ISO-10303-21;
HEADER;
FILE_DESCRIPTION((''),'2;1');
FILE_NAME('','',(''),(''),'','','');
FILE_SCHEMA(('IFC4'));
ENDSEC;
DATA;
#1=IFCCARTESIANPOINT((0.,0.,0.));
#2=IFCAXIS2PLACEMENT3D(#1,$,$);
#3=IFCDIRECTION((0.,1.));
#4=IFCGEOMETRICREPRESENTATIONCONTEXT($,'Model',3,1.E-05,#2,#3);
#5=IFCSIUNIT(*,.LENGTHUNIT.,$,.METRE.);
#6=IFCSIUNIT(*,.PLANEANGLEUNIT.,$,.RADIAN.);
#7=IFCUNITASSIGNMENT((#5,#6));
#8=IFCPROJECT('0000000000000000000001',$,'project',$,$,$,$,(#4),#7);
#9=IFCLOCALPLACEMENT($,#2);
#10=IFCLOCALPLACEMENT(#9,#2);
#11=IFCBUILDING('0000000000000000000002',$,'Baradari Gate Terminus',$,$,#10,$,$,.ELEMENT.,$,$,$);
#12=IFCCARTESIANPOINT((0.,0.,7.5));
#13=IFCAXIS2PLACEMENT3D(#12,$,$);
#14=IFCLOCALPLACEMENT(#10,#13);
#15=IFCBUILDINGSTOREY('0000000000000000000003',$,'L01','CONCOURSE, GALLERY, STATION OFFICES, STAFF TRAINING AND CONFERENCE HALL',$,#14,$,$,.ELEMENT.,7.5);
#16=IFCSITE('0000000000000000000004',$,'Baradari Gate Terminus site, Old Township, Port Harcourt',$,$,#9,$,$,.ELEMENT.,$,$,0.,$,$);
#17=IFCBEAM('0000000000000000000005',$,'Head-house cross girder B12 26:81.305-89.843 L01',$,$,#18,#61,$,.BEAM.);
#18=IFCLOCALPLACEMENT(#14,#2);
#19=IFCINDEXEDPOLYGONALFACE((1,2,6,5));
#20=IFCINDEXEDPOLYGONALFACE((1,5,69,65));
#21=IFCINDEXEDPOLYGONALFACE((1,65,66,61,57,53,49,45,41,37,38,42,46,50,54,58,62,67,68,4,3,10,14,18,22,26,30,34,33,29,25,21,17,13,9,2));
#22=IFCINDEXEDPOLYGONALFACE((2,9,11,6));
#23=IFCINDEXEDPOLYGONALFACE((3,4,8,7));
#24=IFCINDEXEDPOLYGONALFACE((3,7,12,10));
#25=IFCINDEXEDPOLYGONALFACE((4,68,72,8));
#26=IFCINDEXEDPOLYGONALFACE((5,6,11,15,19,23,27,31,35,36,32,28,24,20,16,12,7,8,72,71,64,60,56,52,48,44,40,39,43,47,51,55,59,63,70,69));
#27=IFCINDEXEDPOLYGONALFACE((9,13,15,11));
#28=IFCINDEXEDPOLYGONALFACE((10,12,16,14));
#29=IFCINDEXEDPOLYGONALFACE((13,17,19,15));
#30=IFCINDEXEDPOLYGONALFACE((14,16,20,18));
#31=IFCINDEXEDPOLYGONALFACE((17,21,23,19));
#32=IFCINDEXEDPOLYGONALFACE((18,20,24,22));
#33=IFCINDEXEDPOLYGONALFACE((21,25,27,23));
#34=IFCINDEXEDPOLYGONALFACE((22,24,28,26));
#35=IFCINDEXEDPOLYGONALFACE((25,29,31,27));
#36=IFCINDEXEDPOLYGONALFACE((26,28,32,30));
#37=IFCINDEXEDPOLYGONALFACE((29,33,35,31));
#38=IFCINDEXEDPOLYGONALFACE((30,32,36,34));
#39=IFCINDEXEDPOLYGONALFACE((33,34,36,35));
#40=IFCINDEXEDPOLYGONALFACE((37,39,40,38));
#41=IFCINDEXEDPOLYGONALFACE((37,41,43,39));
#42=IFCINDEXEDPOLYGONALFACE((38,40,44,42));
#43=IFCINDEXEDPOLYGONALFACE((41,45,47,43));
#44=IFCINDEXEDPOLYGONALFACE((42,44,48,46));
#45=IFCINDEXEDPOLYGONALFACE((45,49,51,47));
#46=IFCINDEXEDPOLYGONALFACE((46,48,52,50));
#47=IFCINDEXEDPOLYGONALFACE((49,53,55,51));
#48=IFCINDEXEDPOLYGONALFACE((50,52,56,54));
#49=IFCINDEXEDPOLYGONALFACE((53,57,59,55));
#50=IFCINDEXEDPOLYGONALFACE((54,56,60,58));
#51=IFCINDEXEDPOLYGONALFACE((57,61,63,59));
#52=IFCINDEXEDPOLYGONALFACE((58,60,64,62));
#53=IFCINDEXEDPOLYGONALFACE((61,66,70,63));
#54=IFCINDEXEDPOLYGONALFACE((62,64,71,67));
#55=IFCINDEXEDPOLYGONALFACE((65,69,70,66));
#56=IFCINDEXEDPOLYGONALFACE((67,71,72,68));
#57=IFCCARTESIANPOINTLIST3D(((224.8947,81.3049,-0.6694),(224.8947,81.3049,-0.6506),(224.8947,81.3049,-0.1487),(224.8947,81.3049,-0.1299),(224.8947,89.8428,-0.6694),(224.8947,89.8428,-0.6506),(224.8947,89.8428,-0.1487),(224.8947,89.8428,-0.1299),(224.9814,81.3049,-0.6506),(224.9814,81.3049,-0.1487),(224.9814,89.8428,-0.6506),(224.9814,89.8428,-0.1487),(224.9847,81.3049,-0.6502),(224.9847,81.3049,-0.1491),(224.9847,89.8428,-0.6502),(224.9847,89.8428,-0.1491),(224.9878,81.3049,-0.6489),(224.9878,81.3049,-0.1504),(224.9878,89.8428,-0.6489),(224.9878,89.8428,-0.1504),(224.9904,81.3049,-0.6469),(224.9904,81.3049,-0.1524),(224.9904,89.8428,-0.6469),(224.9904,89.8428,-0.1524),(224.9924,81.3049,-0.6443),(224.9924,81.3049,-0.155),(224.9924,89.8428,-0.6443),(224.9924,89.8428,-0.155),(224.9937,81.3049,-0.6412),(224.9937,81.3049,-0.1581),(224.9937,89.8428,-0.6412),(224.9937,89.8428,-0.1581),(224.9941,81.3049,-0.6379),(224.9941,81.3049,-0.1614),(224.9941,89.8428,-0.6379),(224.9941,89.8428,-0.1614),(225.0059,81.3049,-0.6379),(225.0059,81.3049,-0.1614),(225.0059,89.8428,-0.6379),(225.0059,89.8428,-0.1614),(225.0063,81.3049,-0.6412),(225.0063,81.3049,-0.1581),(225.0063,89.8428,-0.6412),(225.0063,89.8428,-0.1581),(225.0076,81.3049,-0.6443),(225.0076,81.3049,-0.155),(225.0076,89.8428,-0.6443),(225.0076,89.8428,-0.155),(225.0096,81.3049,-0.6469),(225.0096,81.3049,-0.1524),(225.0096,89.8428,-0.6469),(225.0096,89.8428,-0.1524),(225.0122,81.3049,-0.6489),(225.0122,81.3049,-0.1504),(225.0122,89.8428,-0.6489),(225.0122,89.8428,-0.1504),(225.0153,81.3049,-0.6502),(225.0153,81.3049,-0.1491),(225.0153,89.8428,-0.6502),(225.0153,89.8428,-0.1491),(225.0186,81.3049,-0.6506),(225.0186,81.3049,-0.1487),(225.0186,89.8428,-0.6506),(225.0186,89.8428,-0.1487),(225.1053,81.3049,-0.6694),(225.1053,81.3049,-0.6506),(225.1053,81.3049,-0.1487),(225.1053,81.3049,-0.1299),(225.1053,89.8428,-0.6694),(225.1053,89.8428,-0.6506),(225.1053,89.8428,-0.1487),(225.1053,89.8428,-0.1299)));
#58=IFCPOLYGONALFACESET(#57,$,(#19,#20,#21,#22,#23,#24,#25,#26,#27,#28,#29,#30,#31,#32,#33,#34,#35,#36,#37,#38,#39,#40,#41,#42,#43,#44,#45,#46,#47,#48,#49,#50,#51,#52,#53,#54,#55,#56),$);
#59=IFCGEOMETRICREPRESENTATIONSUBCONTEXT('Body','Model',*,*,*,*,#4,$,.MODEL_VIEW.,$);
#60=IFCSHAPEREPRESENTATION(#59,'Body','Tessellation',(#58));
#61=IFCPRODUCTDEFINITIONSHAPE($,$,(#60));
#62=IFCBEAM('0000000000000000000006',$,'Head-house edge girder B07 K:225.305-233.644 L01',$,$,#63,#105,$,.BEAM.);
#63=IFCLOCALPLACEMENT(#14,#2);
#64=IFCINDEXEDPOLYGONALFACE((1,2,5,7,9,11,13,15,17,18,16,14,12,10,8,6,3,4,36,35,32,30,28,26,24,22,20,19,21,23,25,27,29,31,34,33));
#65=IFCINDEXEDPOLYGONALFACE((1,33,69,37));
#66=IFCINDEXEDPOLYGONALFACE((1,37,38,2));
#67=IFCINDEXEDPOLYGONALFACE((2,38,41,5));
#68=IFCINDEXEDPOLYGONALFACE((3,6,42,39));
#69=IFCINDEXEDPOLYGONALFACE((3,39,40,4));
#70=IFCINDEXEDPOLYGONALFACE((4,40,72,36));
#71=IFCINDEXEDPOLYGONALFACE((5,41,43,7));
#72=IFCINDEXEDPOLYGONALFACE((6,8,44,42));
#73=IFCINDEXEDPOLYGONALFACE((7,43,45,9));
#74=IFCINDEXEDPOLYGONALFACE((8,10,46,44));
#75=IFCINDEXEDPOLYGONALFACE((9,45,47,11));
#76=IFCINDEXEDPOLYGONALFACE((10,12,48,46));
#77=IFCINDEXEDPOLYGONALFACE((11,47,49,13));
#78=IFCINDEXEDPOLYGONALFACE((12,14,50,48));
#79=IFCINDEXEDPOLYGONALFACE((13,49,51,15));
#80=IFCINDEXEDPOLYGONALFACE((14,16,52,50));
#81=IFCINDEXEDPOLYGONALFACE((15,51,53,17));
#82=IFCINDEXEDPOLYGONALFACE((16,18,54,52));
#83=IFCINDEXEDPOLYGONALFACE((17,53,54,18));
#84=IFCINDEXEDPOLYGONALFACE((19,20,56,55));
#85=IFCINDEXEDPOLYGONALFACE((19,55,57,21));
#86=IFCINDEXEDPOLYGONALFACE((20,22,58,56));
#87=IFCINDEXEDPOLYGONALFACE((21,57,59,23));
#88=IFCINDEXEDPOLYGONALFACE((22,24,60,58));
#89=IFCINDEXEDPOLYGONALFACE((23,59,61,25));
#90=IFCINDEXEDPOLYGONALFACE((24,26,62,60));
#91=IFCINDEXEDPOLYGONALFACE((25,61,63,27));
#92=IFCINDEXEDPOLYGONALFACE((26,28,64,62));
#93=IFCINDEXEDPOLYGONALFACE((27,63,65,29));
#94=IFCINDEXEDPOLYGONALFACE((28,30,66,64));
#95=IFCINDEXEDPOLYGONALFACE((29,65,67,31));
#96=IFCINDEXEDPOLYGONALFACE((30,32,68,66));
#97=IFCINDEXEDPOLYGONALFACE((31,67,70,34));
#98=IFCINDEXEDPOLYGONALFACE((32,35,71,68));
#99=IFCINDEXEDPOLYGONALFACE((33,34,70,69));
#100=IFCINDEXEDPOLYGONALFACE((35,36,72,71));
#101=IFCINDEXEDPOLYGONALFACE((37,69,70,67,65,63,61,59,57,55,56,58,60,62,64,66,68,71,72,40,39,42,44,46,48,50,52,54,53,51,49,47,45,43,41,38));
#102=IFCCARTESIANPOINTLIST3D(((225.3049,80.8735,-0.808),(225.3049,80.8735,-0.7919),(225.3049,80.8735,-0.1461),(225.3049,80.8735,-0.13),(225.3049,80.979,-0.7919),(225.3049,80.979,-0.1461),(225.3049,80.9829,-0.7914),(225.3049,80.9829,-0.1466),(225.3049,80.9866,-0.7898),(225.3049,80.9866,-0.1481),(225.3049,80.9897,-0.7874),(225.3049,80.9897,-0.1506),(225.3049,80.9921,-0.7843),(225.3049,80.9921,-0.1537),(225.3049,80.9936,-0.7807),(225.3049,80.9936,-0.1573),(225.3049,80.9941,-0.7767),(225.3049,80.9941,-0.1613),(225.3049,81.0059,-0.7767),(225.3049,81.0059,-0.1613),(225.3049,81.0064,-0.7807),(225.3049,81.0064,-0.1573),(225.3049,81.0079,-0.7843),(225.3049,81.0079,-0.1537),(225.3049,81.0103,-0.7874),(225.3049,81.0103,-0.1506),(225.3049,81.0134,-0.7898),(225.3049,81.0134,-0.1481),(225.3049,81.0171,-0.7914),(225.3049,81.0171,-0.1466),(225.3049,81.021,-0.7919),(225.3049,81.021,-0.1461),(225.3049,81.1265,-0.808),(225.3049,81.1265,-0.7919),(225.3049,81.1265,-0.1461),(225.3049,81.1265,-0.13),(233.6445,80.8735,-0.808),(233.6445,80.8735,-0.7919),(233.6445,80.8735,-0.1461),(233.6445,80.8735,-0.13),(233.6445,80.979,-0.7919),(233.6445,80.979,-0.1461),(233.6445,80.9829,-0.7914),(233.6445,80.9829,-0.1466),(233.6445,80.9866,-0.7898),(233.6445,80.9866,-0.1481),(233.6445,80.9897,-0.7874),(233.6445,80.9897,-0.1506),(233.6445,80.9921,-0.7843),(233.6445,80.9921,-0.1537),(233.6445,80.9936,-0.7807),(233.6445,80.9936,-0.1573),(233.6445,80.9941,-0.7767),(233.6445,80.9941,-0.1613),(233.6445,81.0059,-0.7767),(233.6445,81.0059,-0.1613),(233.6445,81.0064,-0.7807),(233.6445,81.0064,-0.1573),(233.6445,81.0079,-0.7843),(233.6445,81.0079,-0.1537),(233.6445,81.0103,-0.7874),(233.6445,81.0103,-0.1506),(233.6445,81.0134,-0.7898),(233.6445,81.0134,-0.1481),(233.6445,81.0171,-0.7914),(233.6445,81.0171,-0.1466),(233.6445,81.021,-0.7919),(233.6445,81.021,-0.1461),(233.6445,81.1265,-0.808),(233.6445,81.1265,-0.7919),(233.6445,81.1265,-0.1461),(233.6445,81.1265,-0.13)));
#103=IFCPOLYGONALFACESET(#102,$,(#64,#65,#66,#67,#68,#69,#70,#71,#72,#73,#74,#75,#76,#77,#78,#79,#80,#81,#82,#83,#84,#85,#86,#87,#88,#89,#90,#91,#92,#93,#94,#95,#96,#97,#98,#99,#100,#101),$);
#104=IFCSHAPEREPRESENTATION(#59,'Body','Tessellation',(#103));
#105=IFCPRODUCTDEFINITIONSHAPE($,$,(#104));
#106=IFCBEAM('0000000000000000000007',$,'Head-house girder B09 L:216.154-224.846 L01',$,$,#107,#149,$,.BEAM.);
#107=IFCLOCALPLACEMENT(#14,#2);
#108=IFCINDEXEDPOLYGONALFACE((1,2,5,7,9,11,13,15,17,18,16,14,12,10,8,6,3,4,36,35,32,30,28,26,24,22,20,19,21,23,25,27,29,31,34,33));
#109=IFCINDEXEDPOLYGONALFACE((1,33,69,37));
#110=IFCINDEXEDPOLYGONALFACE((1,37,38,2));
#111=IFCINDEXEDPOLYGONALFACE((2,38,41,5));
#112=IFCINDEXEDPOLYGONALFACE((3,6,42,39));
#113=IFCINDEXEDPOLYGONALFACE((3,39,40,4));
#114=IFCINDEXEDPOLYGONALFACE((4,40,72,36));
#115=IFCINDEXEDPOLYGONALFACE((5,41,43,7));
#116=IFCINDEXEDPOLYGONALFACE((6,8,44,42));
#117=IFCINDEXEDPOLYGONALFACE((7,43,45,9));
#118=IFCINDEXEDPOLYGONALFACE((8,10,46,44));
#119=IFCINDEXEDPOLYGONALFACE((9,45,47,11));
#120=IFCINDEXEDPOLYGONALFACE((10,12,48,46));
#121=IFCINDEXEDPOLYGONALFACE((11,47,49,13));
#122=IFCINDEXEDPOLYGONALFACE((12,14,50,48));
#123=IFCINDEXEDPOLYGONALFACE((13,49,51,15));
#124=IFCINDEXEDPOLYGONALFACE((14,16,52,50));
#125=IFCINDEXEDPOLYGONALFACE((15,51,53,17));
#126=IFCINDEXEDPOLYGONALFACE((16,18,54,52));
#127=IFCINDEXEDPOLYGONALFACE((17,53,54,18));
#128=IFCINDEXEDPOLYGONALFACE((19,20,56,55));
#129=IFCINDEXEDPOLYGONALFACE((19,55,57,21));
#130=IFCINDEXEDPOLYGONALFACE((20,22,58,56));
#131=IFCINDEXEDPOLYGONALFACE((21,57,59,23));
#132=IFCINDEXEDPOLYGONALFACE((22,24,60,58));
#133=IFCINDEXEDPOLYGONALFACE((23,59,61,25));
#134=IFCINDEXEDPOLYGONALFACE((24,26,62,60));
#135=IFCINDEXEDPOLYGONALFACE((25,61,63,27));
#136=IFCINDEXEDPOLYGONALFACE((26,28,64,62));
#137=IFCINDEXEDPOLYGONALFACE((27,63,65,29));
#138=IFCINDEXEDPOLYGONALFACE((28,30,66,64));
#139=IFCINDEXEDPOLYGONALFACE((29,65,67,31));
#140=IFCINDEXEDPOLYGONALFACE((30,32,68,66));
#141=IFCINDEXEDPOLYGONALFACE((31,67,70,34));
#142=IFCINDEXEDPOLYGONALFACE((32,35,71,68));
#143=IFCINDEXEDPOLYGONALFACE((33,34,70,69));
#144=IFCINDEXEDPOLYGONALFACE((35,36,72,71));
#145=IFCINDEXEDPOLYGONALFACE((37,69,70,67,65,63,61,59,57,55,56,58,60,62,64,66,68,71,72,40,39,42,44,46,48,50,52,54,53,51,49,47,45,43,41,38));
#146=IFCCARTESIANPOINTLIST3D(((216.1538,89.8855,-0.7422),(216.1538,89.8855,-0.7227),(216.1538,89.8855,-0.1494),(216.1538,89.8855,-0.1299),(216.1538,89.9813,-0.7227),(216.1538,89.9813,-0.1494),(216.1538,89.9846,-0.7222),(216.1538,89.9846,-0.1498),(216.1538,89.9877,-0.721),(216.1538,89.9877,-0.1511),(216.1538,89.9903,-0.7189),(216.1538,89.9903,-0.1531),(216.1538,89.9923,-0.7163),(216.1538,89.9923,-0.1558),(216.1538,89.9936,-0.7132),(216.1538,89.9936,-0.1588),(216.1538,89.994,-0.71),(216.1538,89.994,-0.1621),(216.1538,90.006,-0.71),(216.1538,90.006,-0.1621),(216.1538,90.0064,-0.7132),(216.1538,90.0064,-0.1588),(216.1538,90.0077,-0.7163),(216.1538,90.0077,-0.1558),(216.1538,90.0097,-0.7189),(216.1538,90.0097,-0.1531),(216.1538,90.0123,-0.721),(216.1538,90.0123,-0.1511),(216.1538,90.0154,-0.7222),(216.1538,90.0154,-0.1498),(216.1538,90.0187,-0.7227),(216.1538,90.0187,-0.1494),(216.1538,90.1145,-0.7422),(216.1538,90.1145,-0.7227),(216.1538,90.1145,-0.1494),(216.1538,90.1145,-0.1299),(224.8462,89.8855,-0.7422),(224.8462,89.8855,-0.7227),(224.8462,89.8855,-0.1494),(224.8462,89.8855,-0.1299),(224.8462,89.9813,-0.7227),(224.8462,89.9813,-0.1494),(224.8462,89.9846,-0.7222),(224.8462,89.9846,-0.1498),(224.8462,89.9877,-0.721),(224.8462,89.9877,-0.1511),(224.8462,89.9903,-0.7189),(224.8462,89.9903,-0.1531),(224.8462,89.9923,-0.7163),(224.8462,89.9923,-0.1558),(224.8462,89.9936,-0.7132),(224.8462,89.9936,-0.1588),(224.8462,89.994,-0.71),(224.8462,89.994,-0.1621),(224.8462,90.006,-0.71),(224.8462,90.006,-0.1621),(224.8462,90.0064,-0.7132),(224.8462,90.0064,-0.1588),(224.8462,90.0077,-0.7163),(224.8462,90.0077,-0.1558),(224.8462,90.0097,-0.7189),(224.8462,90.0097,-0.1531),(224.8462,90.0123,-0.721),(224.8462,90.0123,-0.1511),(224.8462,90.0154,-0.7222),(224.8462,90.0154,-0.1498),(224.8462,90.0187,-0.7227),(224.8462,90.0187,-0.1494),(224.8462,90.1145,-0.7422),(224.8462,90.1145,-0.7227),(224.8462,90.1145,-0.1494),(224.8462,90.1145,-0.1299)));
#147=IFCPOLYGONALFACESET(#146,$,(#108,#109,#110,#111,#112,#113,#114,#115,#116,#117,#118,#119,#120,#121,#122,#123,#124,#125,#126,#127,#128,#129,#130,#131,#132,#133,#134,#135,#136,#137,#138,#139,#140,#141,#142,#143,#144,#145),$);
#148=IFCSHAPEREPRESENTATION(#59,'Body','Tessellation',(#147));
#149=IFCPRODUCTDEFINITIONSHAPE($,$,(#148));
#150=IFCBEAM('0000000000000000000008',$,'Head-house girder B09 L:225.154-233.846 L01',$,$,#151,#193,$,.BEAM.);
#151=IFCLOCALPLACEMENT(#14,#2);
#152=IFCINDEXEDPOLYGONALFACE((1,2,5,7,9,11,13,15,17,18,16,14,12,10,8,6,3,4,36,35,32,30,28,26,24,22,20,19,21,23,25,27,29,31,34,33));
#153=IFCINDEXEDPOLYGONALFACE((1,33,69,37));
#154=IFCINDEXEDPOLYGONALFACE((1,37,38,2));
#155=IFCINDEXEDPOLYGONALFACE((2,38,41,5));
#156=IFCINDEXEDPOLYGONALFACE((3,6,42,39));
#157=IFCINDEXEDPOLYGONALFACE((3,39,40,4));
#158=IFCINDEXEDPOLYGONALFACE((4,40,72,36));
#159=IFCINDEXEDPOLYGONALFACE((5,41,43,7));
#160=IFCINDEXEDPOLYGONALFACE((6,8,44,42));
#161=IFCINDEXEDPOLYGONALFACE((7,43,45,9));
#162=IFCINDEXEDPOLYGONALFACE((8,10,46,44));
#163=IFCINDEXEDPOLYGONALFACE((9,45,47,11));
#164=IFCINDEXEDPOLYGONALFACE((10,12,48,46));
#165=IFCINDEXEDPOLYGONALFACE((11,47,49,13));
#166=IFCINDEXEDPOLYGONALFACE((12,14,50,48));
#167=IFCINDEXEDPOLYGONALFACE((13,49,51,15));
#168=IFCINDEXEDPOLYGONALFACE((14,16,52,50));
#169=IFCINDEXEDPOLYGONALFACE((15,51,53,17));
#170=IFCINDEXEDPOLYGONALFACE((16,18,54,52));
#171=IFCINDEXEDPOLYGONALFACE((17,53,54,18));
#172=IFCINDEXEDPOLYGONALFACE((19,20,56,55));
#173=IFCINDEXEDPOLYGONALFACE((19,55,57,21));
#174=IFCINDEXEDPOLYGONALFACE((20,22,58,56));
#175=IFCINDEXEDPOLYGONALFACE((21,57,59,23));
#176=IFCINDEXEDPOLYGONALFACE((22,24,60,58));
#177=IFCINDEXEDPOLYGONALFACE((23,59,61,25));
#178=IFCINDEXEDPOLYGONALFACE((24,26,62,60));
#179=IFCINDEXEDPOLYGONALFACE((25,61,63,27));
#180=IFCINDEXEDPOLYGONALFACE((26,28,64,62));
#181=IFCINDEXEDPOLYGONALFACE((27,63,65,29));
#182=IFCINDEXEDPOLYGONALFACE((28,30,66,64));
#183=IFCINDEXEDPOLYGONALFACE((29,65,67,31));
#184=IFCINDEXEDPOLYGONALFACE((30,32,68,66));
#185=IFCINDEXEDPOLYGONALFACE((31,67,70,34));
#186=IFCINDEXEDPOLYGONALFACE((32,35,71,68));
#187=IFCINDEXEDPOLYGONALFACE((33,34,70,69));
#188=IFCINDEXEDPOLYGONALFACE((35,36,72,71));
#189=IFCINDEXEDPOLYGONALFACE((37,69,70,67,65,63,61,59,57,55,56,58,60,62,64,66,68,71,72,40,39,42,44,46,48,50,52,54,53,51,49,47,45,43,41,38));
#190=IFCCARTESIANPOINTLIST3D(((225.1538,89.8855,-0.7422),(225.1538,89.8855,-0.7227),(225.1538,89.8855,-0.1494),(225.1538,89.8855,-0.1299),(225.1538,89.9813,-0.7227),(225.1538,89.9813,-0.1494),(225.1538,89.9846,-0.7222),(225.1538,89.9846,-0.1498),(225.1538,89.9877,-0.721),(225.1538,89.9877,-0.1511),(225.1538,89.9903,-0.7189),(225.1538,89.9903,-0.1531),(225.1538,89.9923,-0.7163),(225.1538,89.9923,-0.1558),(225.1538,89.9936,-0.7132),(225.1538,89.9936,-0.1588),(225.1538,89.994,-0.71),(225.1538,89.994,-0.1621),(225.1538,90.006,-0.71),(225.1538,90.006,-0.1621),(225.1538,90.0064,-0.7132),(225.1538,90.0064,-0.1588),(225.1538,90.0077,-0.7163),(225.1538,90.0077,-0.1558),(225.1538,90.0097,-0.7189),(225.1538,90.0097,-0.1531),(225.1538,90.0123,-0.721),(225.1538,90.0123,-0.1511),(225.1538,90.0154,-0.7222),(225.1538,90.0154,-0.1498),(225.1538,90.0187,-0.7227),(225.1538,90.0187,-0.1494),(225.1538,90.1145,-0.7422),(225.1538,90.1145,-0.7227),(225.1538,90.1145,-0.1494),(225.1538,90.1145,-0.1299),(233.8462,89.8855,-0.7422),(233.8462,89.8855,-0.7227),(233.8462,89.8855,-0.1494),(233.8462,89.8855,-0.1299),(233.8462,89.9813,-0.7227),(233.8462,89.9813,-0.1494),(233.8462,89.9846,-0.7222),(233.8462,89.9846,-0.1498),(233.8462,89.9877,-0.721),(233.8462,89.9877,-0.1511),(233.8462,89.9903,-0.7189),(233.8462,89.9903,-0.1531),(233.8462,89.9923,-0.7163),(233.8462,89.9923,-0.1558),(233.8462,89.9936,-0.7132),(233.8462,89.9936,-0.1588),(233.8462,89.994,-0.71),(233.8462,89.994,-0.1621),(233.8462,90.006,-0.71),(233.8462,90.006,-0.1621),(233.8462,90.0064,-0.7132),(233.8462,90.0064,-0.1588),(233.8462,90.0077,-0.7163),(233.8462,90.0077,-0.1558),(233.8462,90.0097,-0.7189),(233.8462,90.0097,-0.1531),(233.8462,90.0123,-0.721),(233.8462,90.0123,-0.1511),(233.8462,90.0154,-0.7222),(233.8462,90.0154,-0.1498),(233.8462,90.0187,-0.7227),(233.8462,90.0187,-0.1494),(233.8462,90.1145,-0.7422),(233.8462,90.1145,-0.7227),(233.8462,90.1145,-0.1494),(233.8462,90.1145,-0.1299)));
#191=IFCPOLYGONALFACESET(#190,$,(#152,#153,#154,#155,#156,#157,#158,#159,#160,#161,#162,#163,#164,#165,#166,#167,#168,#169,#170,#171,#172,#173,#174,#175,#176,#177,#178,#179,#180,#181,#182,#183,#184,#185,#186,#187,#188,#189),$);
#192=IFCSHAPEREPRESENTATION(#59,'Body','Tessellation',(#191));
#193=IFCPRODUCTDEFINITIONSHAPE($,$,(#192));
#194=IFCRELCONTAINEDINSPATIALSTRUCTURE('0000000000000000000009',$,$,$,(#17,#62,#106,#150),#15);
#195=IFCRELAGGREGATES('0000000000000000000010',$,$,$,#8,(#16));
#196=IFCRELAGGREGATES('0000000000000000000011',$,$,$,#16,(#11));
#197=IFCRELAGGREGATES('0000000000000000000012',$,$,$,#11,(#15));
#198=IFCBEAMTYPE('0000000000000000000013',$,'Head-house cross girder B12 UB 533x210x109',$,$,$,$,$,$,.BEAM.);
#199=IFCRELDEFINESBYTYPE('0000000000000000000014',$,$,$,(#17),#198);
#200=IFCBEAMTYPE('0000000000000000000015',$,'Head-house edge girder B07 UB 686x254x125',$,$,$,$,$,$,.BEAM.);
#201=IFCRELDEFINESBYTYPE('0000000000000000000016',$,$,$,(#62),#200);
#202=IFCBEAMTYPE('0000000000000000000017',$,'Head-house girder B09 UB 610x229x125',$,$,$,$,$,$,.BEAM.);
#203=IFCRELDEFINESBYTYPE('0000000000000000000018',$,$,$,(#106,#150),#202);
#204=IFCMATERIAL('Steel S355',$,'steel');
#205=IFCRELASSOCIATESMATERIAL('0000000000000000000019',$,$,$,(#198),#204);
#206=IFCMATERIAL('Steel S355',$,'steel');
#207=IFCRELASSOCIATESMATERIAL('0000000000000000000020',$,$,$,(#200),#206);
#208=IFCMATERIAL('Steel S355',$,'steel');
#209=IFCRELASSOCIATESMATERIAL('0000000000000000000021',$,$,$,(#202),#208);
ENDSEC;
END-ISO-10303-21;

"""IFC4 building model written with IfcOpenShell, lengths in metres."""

from ifc_helpers import new_model, si_unit, direction, frame, origin, origin_2d, place, context, subcontext, project, spatial, i_section, extrude, material, material_profile, profile_set, type_object, element, save


model = new_model("IFC4")

# Units and contexts
model_context = context("Model", 3, precision=1e-05, world=origin(), true_north=direction((0.0, 1.0)))
body_context = subcontext(model_context, "Body", "Model", "MODEL_VIEW")
ifc_project = project(units=[si_unit("LENGTHUNIT", "METRE"), si_unit("PLANEANGLEUNIT", "RADIAN")], contexts=[model_context])

# Site, building, storey
site_placement = place(None, origin())
site = spatial("IfcSite", under=ifc_project, at=site_placement, Name="Baradari Gate Terminus site, Old Township, Port Harcourt", CompositionType="ELEMENT", RefElevation=0.0)
building_placement = place(site_placement, origin())
building = spatial("IfcBuilding", under=site, at=building_placement, Name="Baradari Gate Terminus", CompositionType="ELEMENT")
storey_placement = place(building_placement, frame((0.0, 0.0, 7.5)))
storey = spatial("IfcBuildingStorey", under=building, at=storey_placement, Name="L01", Description="CONCOURSE, GALLERY, STATION OFFICES, STAFF TRAINING AND CONFERENCE HALL", CompositionType="ELEMENT", Elevation=7.5)

# Beams
ifc_material_1 = material(Name="Steel S355", Category="steel")
ifc_material_profile_1 = material_profile(ifc_material_1, i_section(OverallWidth=0.2107, OverallDepth=0.5396, WebThickness=0.0117, FlangeThickness=0.0188, FilletRadius=0.0127, at=origin_2d()), Name="UB 533x210x109")
ifc_profile_set_1 = profile_set([ifc_material_profile_1], Name="Steel S355")
beam_type_1 = type_object("IfcBeamType", Name="Head-house cross girder B12 UB 533x210x109", PredefinedType="BEAM", material=ifc_profile_set_1)
for number, where, z_axis, x_axis, name in (
    (1, (225.0, 81.3049, -0.3997), (0.0, 1.0, 0.0), (-1.0, 0.0, 0.0), "Head-house cross girder B12 26:81.305-89.843 L01"),
):
    element("IfcBeam", number, at=place(storey_placement, frame(where, z_axis=z_axis, x_axis=x_axis)), inside=storey, type_object=beam_type_1, Name=name, PredefinedType="BEAM", context=body_context, shape_type="SweptSolid", body=[
        extrude(i_section(OverallWidth=0.2107, OverallDepth=0.5396, WebThickness=0.0117, FlangeThickness=0.0188, FilletRadius=0.0127, at=origin_2d()), origin(), (0.0, 0.0, 1.0), 8.5378),
    ])
ifc_material_2 = material(Name="Steel S355", Category="steel")
ifc_material_profile_2 = material_profile(ifc_material_2, i_section(OverallWidth=0.2529, OverallDepth=0.678, WebThickness=0.0117, FlangeThickness=0.0161, FilletRadius=0.0151, at=origin_2d()), Name="UB 686x254x125")
ifc_profile_set_2 = profile_set([ifc_material_profile_2], Name="Steel S355")
beam_type_2 = type_object("IfcBeamType", Name="Head-house edge girder B07 UB 686x254x125", PredefinedType="BEAM", material=ifc_profile_set_2)
beam_1_placement = place(storey_placement, frame((225.3049, 81.0, -0.469), z_axis=(1.0, 0.0, 0.0), x_axis=(0.0, 1.0, 0.0)))
element("IfcBeam", 2, at=beam_1_placement, inside=storey, type_object=beam_type_2, Name="Head-house edge girder B07 K:225.305-233.644 L01", PredefinedType="BEAM", context=body_context, shape_type="SweptSolid", body=[
    extrude(i_section(OverallWidth=0.2529, OverallDepth=0.678, WebThickness=0.0117, FlangeThickness=0.0161, FilletRadius=0.0151, at=origin_2d()), origin(), (0.0, 0.0, 1.0), 8.3396),
])
ifc_material_3 = material(Name="Steel S355", Category="steel")
ifc_material_profile_3 = material_profile(ifc_material_3, i_section(OverallWidth=0.229, OverallDepth=0.6123, WebThickness=0.012, FlangeThickness=0.0195, FilletRadius=0.0127, at=origin_2d()), Name="UB 610x229x125")
ifc_profile_set_3 = profile_set([ifc_material_profile_3], Name="Steel S355")
beam_type_3 = type_object("IfcBeamType", Name="Head-house girder B09 UB 610x229x125", PredefinedType="BEAM", material=ifc_profile_set_3)
for number, where, z_axis, x_axis, name in (
    (3, (216.1538, 90.0, -0.436), (1.0, 0.0, 0.0), (0.0, 1.0, 0.0), "Head-house girder B09 L:216.154-224.846 L01"),
    (4, (225.1538, 90.0, -0.436), (1.0, 0.0, 0.0), (0.0, 1.0, 0.0), "Head-house girder B09 L:225.154-233.846 L01"),
):
    element("IfcBeam", number, at=place(storey_placement, frame(where, z_axis=z_axis, x_axis=x_axis)), inside=storey, type_object=beam_type_3, Name=name, PredefinedType="BEAM", context=body_context, shape_type="SweptSolid", body=[
        extrude(i_section(OverallWidth=0.229, OverallDepth=0.6123, WebThickness=0.012, FlangeThickness=0.0195, FilletRadius=0.0127, at=origin_2d()), origin(), (0.0, 0.0, 1.0), 8.6924),
    ])

save(model, "model.ifc")
